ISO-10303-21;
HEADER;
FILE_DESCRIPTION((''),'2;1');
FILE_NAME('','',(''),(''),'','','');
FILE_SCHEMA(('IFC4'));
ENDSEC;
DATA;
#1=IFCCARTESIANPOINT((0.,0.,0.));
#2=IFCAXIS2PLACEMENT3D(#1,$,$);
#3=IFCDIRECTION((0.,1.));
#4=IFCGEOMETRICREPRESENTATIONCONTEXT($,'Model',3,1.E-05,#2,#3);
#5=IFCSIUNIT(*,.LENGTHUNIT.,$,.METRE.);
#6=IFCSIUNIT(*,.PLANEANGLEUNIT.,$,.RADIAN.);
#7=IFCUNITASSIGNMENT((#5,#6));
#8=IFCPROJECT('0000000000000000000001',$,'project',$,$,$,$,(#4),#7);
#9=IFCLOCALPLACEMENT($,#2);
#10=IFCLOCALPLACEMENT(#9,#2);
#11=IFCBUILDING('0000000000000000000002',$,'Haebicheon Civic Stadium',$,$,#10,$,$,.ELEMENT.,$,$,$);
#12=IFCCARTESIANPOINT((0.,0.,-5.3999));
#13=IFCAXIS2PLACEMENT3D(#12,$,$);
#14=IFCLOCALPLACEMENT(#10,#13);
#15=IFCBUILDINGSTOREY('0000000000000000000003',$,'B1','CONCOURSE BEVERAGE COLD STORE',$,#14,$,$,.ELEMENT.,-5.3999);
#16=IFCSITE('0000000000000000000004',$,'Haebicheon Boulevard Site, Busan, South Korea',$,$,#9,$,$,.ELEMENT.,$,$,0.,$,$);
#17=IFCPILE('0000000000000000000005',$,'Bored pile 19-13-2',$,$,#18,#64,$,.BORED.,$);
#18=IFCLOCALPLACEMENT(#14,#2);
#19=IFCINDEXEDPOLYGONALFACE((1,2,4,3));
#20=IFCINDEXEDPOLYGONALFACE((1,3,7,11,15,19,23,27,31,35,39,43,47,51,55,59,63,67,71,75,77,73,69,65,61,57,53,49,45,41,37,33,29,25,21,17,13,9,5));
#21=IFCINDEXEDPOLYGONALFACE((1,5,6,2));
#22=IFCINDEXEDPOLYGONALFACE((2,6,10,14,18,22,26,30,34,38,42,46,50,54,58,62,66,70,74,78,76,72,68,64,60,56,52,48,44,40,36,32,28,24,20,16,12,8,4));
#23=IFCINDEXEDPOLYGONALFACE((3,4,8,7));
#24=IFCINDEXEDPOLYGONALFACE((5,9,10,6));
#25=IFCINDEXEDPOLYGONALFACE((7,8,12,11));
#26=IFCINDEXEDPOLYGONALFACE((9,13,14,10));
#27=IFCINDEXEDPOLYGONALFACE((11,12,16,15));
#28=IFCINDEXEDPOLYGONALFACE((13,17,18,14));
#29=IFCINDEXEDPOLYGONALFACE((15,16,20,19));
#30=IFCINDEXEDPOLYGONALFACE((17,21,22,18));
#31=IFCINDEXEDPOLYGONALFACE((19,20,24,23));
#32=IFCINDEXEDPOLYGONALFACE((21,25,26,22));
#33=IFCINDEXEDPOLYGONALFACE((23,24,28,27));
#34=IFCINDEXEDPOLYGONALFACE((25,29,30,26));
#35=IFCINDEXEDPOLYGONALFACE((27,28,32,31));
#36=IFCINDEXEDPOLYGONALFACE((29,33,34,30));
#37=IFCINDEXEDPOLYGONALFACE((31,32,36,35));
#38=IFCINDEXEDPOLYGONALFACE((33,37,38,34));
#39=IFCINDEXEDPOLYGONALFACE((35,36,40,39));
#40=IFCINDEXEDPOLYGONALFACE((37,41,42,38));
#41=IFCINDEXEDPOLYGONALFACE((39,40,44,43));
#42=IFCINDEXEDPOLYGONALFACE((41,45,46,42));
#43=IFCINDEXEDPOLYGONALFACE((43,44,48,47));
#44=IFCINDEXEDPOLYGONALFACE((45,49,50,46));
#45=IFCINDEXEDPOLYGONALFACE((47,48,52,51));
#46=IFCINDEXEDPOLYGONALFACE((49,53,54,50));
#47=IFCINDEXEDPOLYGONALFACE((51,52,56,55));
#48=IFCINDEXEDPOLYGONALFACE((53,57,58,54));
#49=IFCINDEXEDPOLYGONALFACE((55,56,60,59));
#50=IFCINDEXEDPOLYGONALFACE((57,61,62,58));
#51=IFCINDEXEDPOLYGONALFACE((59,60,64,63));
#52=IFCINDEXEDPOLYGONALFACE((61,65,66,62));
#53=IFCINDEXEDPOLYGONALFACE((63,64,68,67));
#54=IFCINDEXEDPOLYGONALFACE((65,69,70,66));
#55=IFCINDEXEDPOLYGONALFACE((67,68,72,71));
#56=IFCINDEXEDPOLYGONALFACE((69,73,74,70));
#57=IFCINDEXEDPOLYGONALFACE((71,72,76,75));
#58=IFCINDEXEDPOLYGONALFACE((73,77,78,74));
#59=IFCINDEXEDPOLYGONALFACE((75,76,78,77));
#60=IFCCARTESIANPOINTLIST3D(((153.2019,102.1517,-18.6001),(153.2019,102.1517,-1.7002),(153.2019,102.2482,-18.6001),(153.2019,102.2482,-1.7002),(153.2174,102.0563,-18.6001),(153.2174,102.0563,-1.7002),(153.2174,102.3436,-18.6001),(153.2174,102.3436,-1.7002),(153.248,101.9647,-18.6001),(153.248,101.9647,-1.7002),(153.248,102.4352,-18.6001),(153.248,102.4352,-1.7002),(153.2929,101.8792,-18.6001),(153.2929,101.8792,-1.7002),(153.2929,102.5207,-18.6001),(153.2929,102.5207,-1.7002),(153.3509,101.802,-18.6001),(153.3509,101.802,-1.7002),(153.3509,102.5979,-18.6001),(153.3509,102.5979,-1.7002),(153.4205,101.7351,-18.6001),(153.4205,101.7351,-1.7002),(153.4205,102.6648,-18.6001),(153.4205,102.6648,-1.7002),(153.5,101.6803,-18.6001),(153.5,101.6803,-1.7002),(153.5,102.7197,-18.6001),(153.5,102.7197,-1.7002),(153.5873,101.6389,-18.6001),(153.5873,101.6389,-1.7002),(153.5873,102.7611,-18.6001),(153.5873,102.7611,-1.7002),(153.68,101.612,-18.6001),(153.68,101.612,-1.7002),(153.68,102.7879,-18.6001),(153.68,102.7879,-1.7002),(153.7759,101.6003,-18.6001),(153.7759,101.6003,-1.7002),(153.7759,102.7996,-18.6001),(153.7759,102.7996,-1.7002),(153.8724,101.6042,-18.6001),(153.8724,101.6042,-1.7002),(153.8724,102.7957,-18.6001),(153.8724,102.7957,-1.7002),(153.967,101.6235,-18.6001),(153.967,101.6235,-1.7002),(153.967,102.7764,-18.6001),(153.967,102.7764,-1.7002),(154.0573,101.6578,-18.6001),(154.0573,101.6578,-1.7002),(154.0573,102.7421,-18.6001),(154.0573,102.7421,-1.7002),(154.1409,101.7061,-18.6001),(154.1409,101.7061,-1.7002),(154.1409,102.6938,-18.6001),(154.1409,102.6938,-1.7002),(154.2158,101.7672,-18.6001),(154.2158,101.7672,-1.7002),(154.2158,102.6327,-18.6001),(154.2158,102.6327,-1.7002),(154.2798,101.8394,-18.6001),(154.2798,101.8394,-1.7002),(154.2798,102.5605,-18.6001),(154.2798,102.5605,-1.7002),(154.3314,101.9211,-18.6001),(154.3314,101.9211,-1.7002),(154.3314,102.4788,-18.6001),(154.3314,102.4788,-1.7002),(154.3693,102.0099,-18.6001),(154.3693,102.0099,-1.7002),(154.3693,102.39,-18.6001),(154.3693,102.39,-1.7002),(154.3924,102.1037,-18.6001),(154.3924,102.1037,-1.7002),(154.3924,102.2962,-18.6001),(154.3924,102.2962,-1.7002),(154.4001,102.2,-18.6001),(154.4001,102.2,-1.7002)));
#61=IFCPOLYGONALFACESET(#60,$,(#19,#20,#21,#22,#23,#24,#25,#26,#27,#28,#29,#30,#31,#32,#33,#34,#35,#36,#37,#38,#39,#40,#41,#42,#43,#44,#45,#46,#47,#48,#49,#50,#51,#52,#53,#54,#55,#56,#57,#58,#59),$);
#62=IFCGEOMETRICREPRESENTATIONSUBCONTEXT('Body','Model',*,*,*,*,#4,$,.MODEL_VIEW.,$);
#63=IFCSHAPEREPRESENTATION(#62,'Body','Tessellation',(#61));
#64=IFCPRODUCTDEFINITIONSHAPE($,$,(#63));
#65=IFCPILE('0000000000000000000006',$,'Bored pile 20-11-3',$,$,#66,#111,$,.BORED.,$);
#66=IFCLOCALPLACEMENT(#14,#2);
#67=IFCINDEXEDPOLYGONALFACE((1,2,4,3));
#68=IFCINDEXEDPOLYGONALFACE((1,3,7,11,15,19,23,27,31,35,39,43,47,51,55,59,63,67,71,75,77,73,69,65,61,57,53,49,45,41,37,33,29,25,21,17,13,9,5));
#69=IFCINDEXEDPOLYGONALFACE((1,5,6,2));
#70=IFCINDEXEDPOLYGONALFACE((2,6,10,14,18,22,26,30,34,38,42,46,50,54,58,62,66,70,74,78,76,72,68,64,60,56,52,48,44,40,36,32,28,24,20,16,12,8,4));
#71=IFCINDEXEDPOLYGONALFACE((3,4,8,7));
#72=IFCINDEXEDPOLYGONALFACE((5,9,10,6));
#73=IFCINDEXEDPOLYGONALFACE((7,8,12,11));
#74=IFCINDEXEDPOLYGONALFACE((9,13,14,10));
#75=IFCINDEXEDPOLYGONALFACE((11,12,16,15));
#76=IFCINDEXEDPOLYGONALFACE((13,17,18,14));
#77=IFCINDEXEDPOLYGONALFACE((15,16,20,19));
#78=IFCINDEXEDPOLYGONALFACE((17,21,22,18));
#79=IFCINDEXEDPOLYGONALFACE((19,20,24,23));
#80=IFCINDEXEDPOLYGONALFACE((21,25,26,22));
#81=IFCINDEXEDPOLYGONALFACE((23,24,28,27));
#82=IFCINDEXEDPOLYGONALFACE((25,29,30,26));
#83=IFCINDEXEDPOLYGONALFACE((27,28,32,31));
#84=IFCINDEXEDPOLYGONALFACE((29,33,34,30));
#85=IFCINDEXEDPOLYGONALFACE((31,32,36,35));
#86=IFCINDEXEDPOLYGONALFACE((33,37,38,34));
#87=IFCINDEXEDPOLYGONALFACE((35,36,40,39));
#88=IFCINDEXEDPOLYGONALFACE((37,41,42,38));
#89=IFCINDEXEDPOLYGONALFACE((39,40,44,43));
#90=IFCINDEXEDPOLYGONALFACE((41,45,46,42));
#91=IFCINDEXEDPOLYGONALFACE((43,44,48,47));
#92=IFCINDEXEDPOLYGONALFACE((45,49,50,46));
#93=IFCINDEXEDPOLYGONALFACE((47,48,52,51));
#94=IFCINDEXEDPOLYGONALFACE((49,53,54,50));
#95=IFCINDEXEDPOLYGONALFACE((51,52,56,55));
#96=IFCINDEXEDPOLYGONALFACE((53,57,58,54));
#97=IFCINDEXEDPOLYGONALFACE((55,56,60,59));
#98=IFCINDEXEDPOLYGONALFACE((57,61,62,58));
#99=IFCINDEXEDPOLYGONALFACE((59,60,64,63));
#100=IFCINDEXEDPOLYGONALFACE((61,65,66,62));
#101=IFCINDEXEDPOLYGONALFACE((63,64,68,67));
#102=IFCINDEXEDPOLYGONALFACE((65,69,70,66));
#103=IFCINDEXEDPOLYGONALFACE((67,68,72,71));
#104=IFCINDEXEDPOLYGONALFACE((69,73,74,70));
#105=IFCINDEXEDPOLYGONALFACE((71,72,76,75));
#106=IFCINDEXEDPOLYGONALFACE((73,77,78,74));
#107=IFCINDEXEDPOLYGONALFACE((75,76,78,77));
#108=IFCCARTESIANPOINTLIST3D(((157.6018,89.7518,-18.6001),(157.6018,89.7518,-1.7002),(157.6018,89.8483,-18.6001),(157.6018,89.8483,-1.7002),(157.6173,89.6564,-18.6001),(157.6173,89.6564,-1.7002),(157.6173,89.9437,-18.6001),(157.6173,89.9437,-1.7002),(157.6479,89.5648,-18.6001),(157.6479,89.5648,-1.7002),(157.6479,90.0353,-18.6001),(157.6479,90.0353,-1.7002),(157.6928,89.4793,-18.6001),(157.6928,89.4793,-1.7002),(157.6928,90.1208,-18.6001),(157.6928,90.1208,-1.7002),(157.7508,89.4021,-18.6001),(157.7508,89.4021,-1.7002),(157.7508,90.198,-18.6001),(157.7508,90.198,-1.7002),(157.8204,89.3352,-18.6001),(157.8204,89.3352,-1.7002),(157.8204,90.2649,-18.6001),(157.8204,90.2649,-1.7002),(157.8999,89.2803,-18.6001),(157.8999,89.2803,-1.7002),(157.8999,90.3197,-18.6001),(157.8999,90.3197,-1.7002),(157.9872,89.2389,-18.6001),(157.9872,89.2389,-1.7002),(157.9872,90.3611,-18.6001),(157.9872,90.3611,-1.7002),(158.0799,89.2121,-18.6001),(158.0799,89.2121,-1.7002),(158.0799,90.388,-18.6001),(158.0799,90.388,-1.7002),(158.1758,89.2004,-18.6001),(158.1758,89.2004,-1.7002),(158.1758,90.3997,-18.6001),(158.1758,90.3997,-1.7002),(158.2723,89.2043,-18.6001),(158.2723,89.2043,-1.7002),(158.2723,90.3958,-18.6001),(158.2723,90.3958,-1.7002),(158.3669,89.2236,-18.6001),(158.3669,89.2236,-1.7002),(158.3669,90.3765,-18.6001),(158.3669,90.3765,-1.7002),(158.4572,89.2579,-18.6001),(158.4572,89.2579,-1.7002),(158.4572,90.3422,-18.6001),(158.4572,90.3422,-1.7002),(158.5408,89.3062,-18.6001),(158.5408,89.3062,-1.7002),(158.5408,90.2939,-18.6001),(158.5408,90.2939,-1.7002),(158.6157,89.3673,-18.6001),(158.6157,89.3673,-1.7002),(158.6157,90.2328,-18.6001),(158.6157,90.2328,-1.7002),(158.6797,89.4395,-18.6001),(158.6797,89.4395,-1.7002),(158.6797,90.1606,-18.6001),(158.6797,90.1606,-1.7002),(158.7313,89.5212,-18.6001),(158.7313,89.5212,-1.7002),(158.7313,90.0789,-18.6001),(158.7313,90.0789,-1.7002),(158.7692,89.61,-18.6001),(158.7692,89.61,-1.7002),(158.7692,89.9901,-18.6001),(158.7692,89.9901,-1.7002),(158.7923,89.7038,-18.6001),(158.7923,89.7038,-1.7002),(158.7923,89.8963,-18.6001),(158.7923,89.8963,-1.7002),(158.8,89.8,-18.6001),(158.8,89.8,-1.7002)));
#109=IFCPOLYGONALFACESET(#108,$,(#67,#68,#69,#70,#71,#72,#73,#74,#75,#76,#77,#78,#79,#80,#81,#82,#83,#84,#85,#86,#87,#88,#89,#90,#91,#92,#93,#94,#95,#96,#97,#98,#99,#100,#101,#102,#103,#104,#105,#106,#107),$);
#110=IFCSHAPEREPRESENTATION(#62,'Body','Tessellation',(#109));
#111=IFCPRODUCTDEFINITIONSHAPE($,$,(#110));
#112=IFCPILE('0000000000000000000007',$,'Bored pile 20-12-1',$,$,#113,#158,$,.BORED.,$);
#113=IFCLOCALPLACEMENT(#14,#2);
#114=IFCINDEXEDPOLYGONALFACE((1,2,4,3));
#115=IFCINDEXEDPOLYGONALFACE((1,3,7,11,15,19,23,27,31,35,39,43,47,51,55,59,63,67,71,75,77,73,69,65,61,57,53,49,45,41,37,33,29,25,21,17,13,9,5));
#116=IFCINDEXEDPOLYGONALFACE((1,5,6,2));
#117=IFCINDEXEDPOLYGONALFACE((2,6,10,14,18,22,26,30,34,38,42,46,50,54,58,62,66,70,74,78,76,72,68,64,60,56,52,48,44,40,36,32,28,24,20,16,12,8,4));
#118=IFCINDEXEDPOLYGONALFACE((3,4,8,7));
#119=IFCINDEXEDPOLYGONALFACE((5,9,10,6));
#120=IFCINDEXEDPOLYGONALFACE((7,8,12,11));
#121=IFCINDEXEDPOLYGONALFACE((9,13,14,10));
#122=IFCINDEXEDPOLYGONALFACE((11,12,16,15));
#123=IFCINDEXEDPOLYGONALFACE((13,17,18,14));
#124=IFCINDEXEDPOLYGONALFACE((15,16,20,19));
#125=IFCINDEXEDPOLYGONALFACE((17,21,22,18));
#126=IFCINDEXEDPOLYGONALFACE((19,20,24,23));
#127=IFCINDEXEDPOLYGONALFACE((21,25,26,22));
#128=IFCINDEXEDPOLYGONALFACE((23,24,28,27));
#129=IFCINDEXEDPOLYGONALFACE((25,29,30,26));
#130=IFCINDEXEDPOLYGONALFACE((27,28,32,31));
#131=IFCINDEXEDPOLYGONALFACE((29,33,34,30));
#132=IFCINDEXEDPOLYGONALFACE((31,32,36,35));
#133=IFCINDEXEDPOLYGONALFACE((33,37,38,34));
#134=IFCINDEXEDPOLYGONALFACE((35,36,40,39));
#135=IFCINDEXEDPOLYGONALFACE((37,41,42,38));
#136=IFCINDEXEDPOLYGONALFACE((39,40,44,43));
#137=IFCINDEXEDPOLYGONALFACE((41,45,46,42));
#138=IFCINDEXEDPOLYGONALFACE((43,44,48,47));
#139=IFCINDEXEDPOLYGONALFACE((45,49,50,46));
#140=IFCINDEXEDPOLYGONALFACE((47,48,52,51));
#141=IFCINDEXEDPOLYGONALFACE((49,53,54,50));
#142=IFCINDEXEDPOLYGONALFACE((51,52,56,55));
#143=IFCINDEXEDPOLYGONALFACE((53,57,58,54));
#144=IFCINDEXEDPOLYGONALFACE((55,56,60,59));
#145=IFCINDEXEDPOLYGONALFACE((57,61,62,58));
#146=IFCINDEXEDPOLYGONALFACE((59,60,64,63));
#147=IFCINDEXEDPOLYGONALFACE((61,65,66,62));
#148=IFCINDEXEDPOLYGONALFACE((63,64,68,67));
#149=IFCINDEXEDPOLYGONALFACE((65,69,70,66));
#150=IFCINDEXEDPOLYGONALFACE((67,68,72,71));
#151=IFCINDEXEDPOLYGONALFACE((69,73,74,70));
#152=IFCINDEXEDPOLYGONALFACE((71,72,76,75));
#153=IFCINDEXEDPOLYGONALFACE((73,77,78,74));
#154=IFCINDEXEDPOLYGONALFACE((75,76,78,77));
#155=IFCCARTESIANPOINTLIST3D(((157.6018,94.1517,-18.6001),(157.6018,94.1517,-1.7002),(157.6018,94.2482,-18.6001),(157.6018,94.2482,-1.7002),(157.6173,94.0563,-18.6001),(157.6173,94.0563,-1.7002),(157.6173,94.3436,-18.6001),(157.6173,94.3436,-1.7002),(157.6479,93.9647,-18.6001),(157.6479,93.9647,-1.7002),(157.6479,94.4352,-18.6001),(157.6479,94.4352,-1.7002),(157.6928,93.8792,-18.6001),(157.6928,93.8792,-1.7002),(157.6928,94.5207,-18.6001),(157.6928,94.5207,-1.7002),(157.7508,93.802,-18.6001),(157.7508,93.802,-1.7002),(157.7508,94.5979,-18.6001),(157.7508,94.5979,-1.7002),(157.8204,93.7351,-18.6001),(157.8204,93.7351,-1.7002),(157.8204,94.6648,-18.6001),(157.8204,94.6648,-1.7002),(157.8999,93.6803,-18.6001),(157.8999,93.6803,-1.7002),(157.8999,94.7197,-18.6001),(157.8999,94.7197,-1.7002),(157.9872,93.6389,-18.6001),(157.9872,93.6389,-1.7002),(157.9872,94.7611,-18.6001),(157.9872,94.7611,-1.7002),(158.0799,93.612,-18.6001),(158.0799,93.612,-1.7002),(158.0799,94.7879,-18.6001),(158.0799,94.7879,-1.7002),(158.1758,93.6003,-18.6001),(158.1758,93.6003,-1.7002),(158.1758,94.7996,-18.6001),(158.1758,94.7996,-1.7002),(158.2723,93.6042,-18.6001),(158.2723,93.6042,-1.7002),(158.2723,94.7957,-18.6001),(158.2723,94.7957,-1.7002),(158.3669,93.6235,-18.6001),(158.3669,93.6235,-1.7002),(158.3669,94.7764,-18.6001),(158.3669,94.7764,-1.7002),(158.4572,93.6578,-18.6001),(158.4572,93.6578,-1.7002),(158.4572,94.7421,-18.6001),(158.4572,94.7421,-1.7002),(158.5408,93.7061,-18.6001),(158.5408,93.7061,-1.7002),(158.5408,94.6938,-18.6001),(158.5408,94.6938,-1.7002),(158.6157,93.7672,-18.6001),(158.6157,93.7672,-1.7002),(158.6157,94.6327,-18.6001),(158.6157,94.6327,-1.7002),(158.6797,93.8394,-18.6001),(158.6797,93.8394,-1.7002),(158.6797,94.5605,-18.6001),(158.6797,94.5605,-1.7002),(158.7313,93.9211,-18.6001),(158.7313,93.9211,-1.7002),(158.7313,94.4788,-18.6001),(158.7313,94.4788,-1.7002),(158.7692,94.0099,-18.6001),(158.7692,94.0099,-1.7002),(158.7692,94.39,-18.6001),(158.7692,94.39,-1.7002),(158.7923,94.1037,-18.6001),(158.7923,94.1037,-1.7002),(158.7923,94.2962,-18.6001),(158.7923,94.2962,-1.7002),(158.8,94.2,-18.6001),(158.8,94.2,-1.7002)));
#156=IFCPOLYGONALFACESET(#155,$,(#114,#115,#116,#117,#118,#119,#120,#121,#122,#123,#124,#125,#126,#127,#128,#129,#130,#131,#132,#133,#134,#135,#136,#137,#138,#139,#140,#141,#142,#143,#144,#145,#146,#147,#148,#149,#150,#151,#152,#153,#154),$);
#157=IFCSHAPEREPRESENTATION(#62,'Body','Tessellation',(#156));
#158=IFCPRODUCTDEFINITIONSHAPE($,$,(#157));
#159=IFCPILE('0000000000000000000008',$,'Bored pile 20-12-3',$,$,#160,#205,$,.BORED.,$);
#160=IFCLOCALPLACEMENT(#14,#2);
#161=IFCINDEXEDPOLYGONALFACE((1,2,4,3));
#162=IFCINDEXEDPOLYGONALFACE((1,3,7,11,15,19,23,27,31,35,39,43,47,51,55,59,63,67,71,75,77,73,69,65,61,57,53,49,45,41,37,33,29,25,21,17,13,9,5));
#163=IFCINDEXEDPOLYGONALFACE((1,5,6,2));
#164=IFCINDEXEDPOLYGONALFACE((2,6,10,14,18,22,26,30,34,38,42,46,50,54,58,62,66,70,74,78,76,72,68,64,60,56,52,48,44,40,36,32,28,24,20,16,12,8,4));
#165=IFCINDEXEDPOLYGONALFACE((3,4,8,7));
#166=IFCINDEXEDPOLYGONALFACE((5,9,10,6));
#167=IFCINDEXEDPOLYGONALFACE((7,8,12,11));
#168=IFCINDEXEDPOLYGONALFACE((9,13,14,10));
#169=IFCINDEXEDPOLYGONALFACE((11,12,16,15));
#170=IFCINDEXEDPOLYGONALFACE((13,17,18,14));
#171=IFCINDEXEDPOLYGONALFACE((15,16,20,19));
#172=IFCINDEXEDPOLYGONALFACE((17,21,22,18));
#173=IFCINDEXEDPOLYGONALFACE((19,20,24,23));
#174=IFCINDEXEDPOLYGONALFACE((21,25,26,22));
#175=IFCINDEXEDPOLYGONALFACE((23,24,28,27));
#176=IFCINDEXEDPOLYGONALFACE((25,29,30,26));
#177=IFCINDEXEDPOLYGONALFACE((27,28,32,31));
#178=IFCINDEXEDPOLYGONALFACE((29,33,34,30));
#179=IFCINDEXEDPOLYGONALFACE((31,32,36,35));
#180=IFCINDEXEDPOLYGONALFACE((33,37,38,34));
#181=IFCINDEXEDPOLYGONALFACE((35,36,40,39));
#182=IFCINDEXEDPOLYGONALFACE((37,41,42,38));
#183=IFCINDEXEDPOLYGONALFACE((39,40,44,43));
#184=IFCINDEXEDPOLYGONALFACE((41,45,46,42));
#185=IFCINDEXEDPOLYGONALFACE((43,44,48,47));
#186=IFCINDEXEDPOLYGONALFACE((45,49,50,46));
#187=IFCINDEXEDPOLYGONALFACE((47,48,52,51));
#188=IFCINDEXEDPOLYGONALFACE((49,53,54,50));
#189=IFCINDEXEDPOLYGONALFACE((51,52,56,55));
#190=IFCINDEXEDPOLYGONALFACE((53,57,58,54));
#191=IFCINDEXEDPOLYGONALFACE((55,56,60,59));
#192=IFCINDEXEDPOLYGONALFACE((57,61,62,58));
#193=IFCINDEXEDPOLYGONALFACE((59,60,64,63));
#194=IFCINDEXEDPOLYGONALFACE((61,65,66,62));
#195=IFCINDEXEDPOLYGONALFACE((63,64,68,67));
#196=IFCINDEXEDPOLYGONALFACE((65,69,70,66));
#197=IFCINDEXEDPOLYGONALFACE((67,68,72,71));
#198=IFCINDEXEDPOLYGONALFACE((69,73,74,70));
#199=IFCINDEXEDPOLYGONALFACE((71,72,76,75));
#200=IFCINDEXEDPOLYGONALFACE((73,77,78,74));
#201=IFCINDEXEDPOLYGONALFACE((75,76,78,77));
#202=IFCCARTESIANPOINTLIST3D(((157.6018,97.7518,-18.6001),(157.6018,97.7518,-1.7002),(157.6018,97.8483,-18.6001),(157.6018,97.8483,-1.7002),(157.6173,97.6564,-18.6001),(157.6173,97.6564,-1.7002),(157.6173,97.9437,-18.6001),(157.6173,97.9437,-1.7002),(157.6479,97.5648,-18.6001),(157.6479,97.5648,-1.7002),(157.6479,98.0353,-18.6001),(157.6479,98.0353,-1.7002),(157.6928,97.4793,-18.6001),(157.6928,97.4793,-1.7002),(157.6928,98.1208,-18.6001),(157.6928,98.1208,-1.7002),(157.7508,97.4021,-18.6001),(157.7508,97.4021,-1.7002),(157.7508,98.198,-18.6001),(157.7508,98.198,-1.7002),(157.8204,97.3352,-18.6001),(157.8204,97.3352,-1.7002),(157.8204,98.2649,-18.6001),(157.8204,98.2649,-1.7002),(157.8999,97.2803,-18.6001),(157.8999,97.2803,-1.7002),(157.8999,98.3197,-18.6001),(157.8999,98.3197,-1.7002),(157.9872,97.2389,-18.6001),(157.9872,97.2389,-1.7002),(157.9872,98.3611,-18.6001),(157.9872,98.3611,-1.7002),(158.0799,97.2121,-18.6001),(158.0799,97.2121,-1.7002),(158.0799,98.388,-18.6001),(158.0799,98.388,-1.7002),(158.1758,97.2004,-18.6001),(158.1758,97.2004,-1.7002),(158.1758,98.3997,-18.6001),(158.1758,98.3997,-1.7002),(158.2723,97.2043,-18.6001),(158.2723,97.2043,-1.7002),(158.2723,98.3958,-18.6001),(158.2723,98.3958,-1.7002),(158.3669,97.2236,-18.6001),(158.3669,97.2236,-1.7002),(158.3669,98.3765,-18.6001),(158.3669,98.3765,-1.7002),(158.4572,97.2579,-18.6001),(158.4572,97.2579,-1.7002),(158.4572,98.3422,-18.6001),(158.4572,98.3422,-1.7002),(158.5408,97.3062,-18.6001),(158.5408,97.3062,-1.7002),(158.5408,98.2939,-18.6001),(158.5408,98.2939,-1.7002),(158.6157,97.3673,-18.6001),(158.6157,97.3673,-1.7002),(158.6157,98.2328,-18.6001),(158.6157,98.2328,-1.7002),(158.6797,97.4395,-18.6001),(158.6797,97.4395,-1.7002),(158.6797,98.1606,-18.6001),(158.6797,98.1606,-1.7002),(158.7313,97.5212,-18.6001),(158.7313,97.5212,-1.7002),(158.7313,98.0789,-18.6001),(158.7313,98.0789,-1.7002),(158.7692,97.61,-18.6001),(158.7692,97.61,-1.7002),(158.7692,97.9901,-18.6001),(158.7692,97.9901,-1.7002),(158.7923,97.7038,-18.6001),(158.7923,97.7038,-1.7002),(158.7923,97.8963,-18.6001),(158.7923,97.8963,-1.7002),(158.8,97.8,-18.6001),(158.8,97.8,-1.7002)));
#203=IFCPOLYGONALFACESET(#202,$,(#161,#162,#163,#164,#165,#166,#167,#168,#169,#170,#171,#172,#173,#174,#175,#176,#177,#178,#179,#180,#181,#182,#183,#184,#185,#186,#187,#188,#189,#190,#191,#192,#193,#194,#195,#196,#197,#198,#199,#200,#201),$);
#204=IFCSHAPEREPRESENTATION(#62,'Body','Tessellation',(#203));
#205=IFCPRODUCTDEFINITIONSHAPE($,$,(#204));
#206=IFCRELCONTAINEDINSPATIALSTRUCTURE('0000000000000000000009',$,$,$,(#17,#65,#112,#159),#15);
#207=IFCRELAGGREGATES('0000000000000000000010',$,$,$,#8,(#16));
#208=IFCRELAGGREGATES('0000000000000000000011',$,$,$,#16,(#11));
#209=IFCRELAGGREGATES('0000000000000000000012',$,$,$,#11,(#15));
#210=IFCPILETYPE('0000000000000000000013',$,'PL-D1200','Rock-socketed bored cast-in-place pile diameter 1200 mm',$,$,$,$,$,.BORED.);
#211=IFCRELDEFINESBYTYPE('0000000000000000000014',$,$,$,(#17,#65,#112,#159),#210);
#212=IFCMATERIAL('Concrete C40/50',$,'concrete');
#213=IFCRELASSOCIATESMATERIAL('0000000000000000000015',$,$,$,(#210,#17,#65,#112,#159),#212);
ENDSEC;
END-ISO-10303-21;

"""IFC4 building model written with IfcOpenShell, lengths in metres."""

from ifc_helpers import new_model, si_unit, direction, frame, origin, origin_2d, place, context, subcontext, project, spatial, circle, extrude, material, material_profile, profile_set, type_object, element, save


model = new_model("IFC4")

# Units and contexts
model_context = context("Model", 3, precision=1e-05, world=origin(), true_north=direction((0.0, 1.0)))
body_context = subcontext(model_context, "Body", "Model", "MODEL_VIEW")
ifc_project = project(units=[si_unit("LENGTHUNIT", "METRE"), si_unit("PLANEANGLEUNIT", "RADIAN")], contexts=[model_context])

# Site, building, storey
site_placement = place(None, origin())
site = spatial("IfcSite", under=ifc_project, at=site_placement, Name="Haebicheon Boulevard Site, Busan, South Korea", CompositionType="ELEMENT", RefElevation=0.0)
building_placement = place(site_placement, origin())
building = spatial("IfcBuilding", under=site, at=building_placement, Name="Haebicheon Civic Stadium", CompositionType="ELEMENT")
storey_placement = place(building_placement, frame((0.0, 0.0, -5.3999)))
storey = spatial("IfcBuildingStorey", under=building, at=storey_placement, Name="B1", Description="CONCOURSE BEVERAGE COLD STORE", CompositionType="ELEMENT", Elevation=-5.3999)

# Piles
ifc_material_1 = material(Name="Concrete C40/50", Category="concrete")
ifc_material_profile_1 = material_profile(ifc_material_1, circle(Radius=0.6001, at=origin_2d()), Name="PILE-D1200")
ifc_profile_set_1 = profile_set([ifc_material_profile_1], Name="Concrete C40/50")
pile_type = type_object("IfcPileType", Name="PL-D1200", Description="Rock-socketed bored cast-in-place pile diameter 1200 mm", PredefinedType="BORED", material=ifc_profile_set_1)
for number, where, z_axis, x_axis, name in (
    (1, (153.8, 102.2, -1.7002), (0.0, 0.0, -1.0), (1.0, 0.0, 0.0), "Bored pile 19-13-2"),
    (2, (158.2, 89.8, -1.7002), (0.0, 0.0, -1.0), (1.0, 0.0, 0.0), "Bored pile 20-11-3"),
    (3, (158.2, 94.2, -1.7002), (0.0, 0.0, -1.0), (1.0, 0.0, 0.0), "Bored pile 20-12-1"),
    (4, (158.2, 97.8, -1.7002), (0.0, 0.0, -1.0), (1.0, 0.0, 0.0), "Bored pile 20-12-3"),
):
    element("IfcPile", number, at=place(storey_placement, frame(where, z_axis=z_axis, x_axis=x_axis)), inside=storey, type_object=pile_type, material=ifc_profile_set_1, Name=name, PredefinedType="BORED", context=body_context, shape_type="SweptSolid", body=[
        extrude(circle(Radius=0.6001, at=origin_2d()), origin(), (0.0, 0.0, 1.0), 16.8999),
    ])

save(model, "model.ifc")
